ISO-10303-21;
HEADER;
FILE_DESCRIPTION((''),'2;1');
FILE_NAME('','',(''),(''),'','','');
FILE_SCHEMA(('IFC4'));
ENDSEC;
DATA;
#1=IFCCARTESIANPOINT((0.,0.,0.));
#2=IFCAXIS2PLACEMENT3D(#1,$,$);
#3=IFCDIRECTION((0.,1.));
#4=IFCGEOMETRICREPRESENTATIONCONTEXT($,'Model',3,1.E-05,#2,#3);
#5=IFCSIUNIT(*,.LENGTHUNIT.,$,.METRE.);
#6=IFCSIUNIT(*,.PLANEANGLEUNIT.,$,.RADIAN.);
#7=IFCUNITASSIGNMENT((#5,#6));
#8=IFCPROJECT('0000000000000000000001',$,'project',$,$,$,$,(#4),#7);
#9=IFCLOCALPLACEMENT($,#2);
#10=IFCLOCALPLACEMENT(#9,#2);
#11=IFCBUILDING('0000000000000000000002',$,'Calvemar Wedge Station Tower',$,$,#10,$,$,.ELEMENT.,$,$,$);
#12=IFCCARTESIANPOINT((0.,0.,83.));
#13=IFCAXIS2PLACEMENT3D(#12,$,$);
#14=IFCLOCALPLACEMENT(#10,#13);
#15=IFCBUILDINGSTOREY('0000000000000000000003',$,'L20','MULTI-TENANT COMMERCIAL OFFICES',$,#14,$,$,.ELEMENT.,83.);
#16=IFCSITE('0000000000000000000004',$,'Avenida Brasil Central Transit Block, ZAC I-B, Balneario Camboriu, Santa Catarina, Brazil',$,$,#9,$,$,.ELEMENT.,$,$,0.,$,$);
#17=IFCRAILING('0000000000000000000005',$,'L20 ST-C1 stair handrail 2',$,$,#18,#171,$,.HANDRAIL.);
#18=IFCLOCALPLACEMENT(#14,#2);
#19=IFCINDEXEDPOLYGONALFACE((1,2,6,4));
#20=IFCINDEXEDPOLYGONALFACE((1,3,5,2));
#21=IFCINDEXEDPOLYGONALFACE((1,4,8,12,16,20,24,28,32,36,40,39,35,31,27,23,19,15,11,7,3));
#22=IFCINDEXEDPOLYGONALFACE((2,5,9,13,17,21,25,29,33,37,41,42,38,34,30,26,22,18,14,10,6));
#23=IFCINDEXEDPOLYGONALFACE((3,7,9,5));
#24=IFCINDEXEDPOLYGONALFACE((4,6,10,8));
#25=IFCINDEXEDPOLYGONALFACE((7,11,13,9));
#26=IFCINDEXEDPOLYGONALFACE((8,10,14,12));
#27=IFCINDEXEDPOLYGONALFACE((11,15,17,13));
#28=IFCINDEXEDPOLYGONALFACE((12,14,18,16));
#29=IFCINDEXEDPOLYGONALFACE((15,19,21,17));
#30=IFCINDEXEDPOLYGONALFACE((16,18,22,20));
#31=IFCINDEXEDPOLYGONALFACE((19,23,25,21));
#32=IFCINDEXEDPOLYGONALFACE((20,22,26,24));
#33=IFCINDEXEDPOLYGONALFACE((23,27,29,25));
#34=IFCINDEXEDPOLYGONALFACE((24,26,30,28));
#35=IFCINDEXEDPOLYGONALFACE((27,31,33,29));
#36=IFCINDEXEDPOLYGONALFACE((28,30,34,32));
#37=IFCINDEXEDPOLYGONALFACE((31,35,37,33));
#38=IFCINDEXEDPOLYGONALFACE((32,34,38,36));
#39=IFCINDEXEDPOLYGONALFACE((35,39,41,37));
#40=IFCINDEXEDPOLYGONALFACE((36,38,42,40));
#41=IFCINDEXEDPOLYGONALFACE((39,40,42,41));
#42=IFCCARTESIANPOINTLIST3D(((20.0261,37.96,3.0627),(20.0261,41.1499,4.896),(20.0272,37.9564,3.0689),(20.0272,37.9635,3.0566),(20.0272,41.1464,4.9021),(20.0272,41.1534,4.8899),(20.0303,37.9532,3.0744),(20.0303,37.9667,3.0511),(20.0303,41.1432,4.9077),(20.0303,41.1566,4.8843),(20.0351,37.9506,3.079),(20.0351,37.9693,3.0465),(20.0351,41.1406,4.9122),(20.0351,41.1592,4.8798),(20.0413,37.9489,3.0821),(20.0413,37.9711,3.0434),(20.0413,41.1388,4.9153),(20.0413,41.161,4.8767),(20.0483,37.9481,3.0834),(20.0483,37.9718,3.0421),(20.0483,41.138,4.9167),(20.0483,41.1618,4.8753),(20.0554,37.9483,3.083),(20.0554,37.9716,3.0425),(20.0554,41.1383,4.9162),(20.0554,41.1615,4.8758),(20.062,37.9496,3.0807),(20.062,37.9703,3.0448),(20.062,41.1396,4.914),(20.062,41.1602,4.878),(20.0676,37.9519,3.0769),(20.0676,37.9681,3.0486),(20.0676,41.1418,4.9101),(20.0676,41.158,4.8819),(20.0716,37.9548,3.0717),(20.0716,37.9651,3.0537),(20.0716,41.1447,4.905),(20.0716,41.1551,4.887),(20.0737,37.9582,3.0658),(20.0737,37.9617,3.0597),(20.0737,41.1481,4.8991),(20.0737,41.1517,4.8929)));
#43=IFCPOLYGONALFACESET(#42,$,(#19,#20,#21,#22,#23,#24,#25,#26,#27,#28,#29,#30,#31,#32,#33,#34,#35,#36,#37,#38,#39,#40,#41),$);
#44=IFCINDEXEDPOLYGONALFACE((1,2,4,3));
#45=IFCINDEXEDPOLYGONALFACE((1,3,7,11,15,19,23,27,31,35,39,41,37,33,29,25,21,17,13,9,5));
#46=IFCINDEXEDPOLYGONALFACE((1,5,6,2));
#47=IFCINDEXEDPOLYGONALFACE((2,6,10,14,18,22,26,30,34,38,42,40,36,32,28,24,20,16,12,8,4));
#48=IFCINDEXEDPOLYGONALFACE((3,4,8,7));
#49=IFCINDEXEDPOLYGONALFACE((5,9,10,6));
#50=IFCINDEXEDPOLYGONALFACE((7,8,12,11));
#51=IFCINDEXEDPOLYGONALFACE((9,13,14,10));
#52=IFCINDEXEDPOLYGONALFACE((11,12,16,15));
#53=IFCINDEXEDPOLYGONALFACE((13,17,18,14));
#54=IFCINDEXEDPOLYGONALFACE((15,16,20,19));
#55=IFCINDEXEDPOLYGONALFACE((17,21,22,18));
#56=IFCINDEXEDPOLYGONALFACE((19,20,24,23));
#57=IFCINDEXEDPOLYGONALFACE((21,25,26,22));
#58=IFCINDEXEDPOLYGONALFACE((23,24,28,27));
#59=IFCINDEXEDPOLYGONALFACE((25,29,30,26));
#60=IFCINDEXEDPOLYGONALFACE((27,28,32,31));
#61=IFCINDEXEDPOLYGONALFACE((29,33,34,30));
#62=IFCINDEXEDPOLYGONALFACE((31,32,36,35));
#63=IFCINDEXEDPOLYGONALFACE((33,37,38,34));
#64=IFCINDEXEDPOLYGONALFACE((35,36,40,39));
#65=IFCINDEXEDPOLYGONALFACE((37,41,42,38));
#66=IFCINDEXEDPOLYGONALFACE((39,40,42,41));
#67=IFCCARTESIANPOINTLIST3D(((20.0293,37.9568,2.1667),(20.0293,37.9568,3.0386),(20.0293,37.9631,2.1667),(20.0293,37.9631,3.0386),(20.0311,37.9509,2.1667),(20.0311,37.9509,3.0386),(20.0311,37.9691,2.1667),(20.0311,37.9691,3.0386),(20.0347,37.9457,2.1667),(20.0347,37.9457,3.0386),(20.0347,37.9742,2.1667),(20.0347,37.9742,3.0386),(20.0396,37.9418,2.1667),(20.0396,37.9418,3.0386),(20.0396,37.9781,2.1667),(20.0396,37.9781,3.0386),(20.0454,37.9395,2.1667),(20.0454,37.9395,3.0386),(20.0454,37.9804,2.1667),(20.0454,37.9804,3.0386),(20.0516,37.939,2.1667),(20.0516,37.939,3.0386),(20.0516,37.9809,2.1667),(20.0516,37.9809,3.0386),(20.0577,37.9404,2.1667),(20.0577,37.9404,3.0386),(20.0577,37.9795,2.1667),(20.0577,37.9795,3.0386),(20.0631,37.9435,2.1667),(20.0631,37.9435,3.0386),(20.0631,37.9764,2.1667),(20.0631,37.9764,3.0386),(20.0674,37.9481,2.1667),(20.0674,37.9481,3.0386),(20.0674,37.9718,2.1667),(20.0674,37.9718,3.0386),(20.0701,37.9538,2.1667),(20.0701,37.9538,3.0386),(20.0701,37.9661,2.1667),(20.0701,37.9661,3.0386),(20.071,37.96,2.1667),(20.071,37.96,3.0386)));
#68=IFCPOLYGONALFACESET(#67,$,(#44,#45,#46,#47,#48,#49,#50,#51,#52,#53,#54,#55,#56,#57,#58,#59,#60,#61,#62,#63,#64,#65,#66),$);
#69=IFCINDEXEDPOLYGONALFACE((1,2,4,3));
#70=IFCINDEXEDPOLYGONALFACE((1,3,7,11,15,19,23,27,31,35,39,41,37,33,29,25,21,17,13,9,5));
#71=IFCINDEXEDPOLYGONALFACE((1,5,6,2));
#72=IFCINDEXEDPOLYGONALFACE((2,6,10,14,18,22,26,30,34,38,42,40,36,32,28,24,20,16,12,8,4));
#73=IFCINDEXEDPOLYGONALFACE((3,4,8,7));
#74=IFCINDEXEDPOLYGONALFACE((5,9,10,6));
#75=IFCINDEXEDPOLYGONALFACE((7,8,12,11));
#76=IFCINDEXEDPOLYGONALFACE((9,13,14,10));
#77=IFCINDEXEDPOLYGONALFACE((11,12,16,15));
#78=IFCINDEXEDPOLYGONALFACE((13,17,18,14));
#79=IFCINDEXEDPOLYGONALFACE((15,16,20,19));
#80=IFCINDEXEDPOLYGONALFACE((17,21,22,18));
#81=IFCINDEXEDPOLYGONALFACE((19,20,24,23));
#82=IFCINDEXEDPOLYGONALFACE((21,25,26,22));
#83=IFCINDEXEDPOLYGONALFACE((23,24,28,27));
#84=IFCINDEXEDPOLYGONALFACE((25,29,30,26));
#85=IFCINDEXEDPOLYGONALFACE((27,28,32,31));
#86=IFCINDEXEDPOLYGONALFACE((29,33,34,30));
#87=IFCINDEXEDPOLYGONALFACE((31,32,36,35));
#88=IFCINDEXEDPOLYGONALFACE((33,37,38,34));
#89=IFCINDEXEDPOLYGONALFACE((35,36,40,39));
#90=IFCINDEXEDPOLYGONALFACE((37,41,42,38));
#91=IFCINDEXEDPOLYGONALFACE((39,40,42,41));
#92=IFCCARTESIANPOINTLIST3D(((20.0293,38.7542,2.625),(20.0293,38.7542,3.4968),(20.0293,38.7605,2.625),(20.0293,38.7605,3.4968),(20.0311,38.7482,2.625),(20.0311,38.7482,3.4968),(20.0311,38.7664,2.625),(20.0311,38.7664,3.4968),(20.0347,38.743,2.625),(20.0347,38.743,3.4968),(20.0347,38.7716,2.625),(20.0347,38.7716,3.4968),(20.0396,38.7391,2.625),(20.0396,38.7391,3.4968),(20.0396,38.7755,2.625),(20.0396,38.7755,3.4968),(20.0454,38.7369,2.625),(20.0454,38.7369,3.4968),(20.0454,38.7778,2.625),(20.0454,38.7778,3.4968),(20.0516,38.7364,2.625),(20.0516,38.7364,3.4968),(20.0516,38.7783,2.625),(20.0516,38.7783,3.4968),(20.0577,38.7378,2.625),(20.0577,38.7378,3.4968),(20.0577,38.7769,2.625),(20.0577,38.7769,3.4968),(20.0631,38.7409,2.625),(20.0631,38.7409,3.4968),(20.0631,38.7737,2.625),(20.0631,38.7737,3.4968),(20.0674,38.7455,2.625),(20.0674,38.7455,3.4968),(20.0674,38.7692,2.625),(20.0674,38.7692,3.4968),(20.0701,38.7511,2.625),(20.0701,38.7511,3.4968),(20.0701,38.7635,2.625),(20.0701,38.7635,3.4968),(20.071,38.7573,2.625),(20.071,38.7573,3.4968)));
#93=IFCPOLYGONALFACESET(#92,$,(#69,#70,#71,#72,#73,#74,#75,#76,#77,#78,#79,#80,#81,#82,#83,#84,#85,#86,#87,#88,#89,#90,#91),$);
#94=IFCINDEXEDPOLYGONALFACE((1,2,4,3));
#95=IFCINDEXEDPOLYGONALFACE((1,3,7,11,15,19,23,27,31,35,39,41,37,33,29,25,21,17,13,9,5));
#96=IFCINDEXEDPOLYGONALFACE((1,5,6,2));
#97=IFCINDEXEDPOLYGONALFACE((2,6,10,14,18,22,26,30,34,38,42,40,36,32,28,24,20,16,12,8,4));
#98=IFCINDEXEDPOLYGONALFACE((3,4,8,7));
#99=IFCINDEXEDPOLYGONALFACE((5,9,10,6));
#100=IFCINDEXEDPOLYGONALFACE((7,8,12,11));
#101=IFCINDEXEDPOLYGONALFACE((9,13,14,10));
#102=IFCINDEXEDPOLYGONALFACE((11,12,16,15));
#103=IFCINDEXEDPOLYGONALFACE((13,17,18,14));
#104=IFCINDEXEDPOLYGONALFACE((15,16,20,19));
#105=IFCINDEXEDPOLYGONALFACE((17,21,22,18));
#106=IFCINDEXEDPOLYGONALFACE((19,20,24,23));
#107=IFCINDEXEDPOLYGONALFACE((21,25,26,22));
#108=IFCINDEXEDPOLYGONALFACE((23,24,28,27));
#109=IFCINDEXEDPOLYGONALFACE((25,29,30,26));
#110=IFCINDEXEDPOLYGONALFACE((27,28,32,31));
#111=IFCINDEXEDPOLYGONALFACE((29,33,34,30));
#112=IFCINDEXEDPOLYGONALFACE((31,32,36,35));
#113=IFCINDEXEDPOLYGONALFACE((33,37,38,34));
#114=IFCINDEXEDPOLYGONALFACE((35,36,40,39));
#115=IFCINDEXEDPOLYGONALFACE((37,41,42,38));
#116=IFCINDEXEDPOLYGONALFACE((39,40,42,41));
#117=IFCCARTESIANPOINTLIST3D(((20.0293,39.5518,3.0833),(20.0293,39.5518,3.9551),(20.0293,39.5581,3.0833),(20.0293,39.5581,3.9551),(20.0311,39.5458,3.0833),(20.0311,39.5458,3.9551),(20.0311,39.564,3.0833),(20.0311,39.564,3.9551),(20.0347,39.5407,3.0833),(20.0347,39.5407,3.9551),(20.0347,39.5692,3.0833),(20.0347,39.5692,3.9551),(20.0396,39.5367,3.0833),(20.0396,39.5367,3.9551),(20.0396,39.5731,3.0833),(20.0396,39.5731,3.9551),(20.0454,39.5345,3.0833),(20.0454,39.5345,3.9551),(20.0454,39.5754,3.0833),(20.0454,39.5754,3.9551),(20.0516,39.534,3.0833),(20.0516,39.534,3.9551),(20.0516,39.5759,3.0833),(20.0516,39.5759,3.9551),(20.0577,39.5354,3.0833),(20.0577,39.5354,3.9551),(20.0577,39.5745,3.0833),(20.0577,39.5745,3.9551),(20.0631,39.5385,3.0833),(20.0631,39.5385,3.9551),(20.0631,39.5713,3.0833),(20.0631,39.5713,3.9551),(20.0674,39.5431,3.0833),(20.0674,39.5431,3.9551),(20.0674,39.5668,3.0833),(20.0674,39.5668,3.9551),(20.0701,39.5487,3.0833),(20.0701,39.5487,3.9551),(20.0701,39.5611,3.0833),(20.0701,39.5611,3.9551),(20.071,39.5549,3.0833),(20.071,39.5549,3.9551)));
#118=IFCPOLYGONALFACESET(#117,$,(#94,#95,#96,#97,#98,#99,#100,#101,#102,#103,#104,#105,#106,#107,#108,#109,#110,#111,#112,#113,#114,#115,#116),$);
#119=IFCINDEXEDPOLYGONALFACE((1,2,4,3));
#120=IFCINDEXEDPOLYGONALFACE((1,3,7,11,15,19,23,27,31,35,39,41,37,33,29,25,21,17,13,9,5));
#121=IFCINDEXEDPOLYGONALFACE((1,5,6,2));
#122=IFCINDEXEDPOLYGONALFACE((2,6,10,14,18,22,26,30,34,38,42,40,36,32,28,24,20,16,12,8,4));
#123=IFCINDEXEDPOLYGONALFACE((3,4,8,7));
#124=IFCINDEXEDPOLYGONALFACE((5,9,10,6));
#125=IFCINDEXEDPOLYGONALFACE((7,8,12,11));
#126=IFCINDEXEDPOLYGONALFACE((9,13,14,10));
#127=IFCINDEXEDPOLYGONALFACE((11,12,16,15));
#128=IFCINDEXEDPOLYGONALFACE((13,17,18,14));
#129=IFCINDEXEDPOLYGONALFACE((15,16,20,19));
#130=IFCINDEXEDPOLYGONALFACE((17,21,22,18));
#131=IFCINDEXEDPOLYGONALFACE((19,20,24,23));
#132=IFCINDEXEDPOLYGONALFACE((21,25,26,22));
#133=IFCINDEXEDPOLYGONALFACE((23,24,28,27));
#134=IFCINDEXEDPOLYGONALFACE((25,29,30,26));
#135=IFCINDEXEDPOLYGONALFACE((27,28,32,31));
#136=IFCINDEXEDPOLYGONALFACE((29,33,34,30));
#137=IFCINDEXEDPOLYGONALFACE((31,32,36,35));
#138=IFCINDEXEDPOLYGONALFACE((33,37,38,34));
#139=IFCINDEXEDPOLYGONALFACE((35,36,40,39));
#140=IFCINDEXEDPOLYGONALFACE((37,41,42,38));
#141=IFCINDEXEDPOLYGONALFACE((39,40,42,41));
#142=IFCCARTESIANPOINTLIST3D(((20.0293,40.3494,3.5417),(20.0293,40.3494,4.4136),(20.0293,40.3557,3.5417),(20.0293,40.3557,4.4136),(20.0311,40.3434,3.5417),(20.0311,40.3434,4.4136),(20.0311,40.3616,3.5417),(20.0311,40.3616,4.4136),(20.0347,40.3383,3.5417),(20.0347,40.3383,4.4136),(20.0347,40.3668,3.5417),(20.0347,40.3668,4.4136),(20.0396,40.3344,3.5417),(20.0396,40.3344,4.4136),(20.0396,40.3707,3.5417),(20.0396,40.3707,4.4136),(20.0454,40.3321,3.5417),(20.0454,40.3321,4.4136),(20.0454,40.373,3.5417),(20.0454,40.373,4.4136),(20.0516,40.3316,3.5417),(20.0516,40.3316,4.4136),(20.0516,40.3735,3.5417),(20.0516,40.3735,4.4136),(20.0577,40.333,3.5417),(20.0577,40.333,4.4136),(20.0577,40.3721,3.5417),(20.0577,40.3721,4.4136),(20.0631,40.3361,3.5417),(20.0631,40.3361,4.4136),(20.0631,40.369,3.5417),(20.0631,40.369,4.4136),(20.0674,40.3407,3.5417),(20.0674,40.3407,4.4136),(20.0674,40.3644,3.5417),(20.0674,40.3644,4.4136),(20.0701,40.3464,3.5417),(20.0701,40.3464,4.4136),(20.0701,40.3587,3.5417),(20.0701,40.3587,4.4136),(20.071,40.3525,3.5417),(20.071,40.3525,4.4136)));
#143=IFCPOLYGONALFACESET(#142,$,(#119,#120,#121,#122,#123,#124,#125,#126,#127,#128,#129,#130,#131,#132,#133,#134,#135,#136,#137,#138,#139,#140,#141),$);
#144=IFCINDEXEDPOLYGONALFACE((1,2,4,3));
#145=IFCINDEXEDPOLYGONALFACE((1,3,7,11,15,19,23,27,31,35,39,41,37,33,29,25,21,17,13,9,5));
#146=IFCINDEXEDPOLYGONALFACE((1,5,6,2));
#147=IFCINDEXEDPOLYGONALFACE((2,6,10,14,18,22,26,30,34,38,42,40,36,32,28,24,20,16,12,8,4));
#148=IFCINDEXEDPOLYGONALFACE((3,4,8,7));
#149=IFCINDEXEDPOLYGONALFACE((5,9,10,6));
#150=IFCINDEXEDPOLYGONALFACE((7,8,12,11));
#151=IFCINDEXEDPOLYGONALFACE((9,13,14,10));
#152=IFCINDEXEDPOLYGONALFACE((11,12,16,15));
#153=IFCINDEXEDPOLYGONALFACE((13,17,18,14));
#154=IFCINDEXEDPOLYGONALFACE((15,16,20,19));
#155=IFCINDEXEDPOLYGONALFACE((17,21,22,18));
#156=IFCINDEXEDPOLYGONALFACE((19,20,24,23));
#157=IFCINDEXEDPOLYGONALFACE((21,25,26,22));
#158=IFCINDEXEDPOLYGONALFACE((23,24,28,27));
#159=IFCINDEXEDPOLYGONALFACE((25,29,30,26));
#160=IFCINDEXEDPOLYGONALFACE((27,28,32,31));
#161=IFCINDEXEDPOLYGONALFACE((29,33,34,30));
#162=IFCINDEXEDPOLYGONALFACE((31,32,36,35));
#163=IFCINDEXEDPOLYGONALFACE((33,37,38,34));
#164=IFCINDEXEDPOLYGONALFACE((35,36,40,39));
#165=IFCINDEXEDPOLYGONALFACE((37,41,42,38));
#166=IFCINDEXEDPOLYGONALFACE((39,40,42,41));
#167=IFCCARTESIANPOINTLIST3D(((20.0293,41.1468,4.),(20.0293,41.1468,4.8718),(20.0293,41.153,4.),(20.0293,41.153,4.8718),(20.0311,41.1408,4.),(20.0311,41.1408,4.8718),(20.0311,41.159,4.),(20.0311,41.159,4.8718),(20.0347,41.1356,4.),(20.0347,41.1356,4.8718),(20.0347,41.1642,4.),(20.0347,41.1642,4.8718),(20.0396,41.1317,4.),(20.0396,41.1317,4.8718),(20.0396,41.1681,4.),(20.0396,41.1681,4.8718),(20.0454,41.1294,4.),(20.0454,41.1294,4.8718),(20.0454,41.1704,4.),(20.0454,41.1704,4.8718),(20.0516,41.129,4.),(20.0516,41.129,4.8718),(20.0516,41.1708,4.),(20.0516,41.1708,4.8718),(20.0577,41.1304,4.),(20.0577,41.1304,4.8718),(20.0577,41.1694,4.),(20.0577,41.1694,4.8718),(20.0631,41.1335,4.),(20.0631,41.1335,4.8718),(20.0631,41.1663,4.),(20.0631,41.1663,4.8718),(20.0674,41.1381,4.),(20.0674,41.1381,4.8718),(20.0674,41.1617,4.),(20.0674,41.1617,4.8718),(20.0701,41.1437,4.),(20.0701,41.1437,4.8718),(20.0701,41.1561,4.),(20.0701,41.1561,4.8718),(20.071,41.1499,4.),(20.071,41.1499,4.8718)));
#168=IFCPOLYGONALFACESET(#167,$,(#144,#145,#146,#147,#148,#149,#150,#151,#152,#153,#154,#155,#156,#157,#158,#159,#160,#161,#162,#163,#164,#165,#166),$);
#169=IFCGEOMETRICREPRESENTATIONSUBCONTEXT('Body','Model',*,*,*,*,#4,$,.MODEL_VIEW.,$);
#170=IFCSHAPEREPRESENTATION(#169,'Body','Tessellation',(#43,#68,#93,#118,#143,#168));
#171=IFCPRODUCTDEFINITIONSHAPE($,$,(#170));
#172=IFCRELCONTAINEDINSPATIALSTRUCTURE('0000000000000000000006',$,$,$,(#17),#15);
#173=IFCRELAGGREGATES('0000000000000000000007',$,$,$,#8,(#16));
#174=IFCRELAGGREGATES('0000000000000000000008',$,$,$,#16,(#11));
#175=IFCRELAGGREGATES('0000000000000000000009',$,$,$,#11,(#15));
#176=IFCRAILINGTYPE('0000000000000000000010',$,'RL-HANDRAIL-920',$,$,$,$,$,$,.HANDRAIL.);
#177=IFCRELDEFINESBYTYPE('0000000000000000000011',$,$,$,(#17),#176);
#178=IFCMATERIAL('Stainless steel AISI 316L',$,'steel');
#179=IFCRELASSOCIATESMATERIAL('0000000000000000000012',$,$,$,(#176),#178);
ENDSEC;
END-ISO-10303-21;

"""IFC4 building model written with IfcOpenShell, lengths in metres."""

from ifc_helpers import new_model, si_unit, direction, frame, origin, origin_2d, place, context, subcontext, project, spatial, circle, extrude, material, type_object, element, save


model = new_model("IFC4")

# Units and contexts
model_context = context("Model", 3, precision=1e-05, world=origin(), true_north=direction((0.0, 1.0)))
body_context = subcontext(model_context, "Body", "Model", "MODEL_VIEW")
ifc_project = project(units=[si_unit("LENGTHUNIT", "METRE"), si_unit("PLANEANGLEUNIT", "RADIAN")], contexts=[model_context])

# Site, building, storey
site_placement = place(None, origin())
site = spatial("IfcSite", under=ifc_project, at=site_placement, Name="Avenida Brasil Central Transit Block, ZAC I-B, Balneario Camboriu, Santa Catarina, Brazil", CompositionType="ELEMENT", RefElevation=0.0)
building_placement = place(site_placement, origin())
building = spatial("IfcBuilding", under=site, at=building_placement, Name="Calvemar Wedge Station Tower", CompositionType="ELEMENT")
storey_placement = place(building_placement, frame((0.0, 0.0, 83.0)))
storey = spatial("IfcBuildingStorey", under=building, at=storey_placement, Name="L20", Description="MULTI-TENANT COMMERCIAL OFFICES", CompositionType="ELEMENT", Elevation=83.0)

# Railing
ifc_material_1 = material(Name="Stainless steel AISI 316L", Category="steel")
railing_type_1 = type_object("IfcRailingType", Name="RL-HANDRAIL-920", PredefinedType="HANDRAIL", material=ifc_material_1)
railing_1_placement = place(storey_placement, frame((20.05, 37.96, 2.1667)))
element("IfcRailing", 1, at=railing_1_placement, inside=storey, type_object=railing_type_1, Name="L20 ST-C1 stair handrail 2", PredefinedType="HANDRAIL", context=body_context, shape_type="SweptSolid", body=[
    extrude(circle(Radius=0.0239, at=origin_2d()), frame((0.0, 0.0, 0.896), z_axis=(0.0, 0.86702, 0.498274), x_axis=(-1.0, 0.0, 0.0)), (0.0, 0.0, 1.0), 3.6792),
    extrude(circle(Radius=0.021, at=origin_2d()), origin(), (0.0, 0.0, 1.0), 0.8718),
    extrude(circle(Radius=0.021, at=origin_2d()), frame((0.0, 0.7974, 0.4583)), (0.0, 0.0, 1.0), 0.8718),
    extrude(circle(Radius=0.021, at=origin_2d()), frame((0.0, 1.595, 0.9165)), (0.0, 0.0, 1.0), 0.8718),
    extrude(circle(Radius=0.021, at=origin_2d()), frame((0.0, 2.3926, 1.375)), (0.0, 0.0, 1.0), 0.8718),
    extrude(circle(Radius=0.021, at=origin_2d()), frame((0.0, 3.1899, 1.8333)), (0.0, 0.0, 1.0), 0.8718),
])

save(model, "model.ifc")
